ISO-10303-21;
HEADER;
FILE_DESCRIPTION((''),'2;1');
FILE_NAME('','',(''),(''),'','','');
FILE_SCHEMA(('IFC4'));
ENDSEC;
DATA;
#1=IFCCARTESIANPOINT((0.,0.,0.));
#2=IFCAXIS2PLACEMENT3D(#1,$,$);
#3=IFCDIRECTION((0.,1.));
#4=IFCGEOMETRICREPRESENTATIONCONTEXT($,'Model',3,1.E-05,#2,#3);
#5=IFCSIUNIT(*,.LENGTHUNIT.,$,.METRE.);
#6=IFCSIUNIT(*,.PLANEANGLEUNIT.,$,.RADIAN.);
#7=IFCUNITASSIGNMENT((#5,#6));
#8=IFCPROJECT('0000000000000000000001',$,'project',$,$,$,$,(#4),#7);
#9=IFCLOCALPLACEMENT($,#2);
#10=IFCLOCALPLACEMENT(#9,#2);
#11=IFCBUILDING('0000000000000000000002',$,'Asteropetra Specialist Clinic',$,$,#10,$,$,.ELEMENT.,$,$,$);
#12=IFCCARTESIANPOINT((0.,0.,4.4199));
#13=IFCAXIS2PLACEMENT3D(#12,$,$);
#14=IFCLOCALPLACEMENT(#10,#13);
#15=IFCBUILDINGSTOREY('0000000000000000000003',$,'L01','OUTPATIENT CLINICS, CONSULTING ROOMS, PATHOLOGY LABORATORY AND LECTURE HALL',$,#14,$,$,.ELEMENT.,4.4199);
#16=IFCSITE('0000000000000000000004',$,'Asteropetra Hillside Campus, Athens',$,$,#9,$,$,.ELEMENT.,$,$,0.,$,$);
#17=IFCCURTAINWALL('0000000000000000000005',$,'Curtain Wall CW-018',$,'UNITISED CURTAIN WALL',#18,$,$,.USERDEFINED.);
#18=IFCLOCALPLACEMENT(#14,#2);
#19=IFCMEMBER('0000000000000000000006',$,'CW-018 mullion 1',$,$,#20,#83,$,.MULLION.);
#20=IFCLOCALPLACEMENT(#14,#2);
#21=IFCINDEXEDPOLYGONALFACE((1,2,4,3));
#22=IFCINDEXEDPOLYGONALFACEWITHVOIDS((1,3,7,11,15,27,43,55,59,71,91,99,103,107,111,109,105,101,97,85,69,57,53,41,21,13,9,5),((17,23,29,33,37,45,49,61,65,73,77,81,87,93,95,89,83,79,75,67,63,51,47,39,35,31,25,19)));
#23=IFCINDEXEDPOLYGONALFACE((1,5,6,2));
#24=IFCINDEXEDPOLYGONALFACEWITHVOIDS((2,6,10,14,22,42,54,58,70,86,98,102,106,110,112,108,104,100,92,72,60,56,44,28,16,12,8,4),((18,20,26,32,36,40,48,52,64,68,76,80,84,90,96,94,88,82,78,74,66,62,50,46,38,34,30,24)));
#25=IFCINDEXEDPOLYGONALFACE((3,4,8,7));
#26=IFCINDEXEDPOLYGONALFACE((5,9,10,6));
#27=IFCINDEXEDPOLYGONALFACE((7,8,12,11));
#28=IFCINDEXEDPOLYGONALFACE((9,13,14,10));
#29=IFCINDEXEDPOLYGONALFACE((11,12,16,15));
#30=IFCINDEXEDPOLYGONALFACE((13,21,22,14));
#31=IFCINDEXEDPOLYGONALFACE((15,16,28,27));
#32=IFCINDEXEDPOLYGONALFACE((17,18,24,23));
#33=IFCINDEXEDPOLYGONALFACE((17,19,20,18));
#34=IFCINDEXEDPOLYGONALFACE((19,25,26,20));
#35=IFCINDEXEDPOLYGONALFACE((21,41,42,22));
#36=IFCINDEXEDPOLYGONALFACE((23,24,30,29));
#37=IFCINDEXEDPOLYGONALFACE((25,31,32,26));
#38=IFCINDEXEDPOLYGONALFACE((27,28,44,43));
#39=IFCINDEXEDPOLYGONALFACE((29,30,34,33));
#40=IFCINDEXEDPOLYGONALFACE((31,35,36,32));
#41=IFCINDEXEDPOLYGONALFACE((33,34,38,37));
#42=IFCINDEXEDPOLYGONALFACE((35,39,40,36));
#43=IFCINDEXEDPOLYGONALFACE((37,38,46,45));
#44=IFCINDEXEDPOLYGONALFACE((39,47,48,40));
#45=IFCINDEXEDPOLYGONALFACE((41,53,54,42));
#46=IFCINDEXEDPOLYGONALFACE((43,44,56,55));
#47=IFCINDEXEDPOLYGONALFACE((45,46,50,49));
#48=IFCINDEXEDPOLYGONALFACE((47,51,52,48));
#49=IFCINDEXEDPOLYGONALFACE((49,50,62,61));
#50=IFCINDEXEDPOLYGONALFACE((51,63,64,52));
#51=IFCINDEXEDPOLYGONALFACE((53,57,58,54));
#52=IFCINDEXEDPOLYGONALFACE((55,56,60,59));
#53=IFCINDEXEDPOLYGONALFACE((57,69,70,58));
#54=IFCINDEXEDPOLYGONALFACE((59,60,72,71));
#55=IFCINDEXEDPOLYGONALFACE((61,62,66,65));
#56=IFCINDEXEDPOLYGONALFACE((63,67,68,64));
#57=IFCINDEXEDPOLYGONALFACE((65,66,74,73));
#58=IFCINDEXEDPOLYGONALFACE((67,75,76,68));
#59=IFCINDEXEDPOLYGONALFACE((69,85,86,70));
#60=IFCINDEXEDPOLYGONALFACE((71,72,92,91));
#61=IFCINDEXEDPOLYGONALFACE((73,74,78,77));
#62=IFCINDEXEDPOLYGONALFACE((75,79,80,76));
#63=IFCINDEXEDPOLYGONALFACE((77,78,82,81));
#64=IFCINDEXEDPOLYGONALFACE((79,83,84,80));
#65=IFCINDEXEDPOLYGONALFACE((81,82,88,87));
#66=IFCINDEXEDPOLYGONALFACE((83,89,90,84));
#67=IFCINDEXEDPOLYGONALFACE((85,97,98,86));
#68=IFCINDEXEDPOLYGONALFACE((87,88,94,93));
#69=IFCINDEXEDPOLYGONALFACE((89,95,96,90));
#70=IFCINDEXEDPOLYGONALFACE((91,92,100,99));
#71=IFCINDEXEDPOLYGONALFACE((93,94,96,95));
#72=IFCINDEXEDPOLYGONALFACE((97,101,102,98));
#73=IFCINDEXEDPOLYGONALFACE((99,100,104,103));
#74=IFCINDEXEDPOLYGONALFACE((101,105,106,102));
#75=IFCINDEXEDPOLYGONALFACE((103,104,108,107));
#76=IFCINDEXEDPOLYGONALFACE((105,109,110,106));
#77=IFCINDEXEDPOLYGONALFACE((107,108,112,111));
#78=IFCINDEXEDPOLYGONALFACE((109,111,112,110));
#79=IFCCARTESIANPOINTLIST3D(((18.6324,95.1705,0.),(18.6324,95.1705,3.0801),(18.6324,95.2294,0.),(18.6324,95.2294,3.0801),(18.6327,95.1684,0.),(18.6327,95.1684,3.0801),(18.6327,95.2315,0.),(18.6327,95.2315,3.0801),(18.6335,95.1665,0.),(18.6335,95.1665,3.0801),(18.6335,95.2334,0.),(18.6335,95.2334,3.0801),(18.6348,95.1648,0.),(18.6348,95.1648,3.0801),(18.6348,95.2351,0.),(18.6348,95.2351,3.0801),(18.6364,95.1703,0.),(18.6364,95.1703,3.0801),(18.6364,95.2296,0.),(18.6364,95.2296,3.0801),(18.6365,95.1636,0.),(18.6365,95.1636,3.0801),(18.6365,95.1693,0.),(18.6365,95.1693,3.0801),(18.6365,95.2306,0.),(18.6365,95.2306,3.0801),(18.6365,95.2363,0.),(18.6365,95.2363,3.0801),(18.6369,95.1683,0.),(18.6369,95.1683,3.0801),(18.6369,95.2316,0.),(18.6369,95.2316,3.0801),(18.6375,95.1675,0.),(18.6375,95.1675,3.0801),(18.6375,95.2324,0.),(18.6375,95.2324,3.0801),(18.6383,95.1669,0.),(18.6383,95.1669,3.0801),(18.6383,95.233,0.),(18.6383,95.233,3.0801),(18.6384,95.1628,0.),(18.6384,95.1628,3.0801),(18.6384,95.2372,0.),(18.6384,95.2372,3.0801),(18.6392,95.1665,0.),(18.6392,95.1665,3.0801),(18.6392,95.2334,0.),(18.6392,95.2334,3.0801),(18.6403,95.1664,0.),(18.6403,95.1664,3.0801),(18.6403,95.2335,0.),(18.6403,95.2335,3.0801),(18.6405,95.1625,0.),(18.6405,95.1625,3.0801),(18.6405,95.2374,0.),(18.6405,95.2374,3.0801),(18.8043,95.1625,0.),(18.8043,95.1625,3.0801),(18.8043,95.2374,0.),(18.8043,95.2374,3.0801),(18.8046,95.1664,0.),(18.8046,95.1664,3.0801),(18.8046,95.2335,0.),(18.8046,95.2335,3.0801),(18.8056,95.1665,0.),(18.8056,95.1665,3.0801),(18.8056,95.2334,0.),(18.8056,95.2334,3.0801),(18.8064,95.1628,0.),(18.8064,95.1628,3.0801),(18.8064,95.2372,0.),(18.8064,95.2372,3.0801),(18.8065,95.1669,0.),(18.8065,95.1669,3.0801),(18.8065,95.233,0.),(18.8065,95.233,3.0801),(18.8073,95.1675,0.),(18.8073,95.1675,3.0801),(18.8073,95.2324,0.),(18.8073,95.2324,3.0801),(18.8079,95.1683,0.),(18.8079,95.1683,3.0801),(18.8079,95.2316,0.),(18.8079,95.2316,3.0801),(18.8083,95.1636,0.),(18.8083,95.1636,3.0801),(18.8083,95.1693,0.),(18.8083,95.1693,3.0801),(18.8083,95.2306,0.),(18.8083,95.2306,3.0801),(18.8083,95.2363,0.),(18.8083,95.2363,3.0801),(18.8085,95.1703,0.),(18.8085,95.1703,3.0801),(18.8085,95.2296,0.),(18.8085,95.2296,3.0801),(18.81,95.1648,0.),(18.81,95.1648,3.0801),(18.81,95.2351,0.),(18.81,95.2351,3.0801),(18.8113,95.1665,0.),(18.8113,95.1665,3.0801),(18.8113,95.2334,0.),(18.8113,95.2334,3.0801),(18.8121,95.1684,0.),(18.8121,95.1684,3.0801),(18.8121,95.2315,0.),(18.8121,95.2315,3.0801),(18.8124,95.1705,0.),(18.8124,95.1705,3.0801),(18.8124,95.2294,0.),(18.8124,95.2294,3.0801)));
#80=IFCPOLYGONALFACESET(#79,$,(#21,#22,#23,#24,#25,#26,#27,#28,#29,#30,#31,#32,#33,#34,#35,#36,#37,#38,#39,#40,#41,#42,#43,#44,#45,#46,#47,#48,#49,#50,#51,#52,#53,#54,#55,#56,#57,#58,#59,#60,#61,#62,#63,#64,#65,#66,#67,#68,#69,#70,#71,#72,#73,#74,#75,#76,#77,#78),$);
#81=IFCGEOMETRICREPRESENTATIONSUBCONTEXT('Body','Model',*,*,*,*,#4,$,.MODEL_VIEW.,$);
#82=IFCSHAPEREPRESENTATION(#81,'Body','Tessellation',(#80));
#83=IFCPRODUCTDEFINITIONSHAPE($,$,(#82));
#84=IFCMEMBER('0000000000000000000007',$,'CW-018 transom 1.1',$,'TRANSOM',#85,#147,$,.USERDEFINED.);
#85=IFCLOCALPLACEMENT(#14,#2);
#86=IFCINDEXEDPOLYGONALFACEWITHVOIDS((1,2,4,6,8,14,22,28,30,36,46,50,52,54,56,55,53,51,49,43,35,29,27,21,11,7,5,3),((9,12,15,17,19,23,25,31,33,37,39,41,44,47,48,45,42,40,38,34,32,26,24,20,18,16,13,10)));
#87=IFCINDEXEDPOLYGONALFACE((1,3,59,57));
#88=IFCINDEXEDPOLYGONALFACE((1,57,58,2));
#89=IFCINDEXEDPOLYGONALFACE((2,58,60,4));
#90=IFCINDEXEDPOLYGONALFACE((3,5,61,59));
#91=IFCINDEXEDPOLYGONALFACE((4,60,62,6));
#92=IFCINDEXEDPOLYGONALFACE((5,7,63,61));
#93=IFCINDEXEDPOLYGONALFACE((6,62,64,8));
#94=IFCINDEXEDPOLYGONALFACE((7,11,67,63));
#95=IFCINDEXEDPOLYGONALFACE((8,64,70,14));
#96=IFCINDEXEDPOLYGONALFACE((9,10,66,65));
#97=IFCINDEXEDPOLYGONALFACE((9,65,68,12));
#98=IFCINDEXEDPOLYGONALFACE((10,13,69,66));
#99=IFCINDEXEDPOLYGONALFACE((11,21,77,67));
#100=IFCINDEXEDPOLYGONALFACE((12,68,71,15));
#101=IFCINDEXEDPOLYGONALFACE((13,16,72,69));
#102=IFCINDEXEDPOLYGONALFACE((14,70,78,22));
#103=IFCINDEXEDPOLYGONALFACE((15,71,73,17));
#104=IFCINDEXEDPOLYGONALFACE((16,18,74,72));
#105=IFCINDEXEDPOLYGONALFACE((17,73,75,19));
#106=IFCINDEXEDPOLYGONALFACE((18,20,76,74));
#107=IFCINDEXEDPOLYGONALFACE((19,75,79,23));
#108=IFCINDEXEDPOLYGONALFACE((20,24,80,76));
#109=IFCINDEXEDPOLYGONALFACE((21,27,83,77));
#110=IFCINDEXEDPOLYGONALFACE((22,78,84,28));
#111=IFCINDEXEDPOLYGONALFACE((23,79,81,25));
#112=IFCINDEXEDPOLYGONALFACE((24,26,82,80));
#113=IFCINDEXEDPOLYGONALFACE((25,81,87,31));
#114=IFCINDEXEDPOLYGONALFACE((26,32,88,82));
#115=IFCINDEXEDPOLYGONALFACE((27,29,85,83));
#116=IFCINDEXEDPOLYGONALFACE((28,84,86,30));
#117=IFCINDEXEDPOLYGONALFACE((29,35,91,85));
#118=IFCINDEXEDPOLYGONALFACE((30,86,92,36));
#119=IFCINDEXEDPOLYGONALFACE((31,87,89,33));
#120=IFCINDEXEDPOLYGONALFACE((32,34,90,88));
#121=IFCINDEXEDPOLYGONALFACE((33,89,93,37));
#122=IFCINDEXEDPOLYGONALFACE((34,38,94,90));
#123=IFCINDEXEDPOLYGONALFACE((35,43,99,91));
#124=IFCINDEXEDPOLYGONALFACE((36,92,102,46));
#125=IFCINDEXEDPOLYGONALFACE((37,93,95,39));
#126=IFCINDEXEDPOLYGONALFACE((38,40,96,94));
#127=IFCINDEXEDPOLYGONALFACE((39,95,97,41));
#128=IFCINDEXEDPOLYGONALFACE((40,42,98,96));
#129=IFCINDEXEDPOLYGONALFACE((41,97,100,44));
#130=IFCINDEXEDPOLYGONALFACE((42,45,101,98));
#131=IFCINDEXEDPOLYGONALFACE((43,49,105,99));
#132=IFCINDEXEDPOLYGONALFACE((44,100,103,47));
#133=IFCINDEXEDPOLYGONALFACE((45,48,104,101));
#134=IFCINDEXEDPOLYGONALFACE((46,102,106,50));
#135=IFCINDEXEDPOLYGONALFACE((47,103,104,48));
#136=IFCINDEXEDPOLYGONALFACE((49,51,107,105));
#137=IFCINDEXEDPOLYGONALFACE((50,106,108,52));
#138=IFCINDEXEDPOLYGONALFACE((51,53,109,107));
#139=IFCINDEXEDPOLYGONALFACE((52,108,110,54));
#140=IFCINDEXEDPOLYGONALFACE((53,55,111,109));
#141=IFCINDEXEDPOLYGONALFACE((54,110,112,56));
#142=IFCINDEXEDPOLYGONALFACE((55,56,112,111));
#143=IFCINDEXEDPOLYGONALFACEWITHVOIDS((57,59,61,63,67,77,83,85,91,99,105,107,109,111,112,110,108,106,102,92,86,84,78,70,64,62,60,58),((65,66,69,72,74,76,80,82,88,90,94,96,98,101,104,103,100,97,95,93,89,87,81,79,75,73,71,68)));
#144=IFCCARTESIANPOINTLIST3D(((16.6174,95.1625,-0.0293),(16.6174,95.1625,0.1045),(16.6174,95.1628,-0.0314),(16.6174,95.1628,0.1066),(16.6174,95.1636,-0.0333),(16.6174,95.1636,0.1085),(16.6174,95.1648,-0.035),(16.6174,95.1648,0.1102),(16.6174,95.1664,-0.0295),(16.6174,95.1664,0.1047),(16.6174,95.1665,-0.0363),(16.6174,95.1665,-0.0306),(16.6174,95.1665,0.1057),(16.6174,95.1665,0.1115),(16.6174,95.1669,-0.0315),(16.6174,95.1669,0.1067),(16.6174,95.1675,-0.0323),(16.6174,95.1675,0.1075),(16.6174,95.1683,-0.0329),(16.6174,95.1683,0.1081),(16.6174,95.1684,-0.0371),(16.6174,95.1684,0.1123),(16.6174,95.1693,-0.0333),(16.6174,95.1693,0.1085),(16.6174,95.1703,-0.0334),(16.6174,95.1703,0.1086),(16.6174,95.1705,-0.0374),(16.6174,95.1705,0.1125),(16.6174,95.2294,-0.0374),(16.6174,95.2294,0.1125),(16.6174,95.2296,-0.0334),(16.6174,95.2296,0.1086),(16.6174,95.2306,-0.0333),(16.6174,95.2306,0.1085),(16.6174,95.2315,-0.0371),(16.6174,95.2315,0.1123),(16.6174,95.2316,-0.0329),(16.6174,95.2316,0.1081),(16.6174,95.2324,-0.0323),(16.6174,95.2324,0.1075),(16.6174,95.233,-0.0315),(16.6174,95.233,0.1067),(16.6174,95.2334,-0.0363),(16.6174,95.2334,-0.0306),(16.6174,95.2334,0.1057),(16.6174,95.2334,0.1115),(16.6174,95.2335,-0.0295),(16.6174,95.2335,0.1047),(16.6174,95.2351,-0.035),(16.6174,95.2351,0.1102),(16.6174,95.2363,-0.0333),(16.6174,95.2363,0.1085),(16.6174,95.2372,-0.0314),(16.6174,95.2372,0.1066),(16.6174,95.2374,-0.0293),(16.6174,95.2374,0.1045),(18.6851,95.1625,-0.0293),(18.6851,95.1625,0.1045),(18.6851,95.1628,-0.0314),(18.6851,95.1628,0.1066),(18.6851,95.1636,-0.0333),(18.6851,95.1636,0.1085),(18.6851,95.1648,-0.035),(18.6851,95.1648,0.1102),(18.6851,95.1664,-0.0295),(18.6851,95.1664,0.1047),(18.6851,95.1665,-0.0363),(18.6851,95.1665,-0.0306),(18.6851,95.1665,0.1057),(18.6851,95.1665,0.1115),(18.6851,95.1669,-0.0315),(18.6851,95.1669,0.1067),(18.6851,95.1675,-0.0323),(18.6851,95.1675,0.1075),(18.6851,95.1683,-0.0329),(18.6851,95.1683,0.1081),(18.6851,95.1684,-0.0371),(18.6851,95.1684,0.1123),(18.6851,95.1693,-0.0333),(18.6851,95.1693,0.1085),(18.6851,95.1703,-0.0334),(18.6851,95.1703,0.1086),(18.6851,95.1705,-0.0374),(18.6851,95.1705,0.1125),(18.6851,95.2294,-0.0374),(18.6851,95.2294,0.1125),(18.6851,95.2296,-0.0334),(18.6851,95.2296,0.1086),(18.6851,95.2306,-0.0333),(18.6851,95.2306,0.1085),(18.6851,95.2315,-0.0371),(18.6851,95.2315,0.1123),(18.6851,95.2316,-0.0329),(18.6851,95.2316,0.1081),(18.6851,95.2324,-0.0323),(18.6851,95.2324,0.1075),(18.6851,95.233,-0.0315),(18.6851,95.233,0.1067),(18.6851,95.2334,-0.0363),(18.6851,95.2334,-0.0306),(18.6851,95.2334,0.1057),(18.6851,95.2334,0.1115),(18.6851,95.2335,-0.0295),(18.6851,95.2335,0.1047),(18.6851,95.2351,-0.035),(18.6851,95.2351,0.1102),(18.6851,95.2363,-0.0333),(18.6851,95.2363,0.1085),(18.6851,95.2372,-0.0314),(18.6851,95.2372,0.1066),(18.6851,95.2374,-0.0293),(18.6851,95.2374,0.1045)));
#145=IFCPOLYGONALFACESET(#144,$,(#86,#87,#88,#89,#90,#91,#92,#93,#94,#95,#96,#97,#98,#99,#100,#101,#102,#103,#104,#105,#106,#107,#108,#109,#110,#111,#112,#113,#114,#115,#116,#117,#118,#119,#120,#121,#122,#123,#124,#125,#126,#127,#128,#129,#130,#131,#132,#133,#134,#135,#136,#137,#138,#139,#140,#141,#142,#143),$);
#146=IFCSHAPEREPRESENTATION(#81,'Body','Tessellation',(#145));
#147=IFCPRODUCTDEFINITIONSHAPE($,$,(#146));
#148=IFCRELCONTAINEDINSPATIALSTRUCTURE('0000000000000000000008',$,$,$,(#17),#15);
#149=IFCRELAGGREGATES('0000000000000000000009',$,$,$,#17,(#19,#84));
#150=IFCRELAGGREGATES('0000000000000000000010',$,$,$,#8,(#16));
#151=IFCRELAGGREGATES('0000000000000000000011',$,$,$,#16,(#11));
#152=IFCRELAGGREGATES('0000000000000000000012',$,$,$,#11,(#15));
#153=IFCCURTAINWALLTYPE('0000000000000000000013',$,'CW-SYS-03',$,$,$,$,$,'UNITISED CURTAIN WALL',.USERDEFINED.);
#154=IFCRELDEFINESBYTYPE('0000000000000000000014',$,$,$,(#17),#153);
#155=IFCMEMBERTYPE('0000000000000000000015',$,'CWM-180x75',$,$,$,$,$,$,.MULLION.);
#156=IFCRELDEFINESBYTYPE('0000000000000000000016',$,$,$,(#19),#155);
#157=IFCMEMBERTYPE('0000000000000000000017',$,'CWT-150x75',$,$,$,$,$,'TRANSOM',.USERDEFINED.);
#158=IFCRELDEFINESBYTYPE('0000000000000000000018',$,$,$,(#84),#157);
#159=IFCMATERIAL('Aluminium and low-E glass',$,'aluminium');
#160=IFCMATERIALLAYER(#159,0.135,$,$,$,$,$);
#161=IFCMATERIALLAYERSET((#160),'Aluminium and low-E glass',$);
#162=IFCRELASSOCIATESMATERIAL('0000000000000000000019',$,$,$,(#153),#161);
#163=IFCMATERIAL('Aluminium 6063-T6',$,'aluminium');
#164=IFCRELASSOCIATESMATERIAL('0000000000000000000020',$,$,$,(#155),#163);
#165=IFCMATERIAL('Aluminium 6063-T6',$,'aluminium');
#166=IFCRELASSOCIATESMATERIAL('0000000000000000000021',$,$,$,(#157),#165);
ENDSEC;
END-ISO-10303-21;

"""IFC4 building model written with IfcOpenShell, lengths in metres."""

from ifc_helpers import new_model, si_unit, direction, frame, origin, origin_2d, place, context, subcontext, project, spatial, hollow_rectangle, extrude, material, layer, layer_set, material_profile, profile_set, type_object, element, aggregate, save


model = new_model("IFC4")

# Units and contexts
model_context = context("Model", 3, precision=1e-05, world=origin(), true_north=direction((0.0, 1.0)))
body_context = subcontext(model_context, "Body", "Model", "MODEL_VIEW")
ifc_project = project(units=[si_unit("LENGTHUNIT", "METRE"), si_unit("PLANEANGLEUNIT", "RADIAN")], contexts=[model_context])

# Site, building, storey
site_placement = place(None, origin())
site = spatial("IfcSite", under=ifc_project, at=site_placement, Name="Asteropetra Hillside Campus, Athens", CompositionType="ELEMENT", RefElevation=0.0)
building_placement = place(site_placement, origin())
building = spatial("IfcBuilding", under=site, at=building_placement, Name="Asteropetra Specialist Clinic", CompositionType="ELEMENT")
storey_placement = place(building_placement, frame((0.0, 0.0, 4.4199)))
storey = spatial("IfcBuildingStorey", under=building, at=storey_placement, Name="L01", Description="OUTPATIENT CLINICS, CONSULTING ROOMS, PATHOLOGY LABORATORY AND LECTURE HALL", CompositionType="ELEMENT", Elevation=4.4199)

# Curtain wall, members
ifc_material_1 = material(Name="Aluminium and low-E glass", Category="aluminium")
ifc_layer_1 = layer(ifc_material_1, 0.135)
ifc_layer_set_1 = layer_set([ifc_layer_1], Name="Aluminium and low-E glass")
curtain_wall_type_1 = type_object("IfcCurtainWallType", Name="CW-SYS-03", ElementType="UNITISED CURTAIN WALL", PredefinedType="USERDEFINED", material=ifc_layer_set_1)
curtain_wall_1_placement = place(storey_placement, origin())
curtain_wall_1 = element("IfcCurtainWall", 1, at=curtain_wall_1_placement, inside=storey, type_object=curtain_wall_type_1, Name="Curtain Wall CW-018", ObjectType="UNITISED CURTAIN WALL", PredefinedType="USERDEFINED")
ifc_material_2 = material(Name="Aluminium 6063-T6", Category="aluminium")
ifc_material_profile_1 = material_profile(ifc_material_2, hollow_rectangle(XDim=0.075, YDim=0.1799, WallThickness=0.0039, InnerFilletRadius=0.0039, OuterFilletRadius=0.0081, at=origin_2d()), Name="MUL 180x75x4.0")
ifc_profile_set_1 = profile_set([ifc_material_profile_1], Name="Aluminium 6063-T6")
member_type_1 = type_object("IfcMemberType", Name="CWM-180x75", PredefinedType="MULLION", material=ifc_profile_set_1)
member_1_placement = place(storey_placement, frame((18.7224, 95.2, 0.0), z_axis=(0.0, 0.0, 1.0), x_axis=(0.0, -1.0, 0.0)))
member_1 = element("IfcMember", 2, at=member_1_placement, type_object=member_type_1, Name="CW-018 mullion 1", PredefinedType="MULLION", context=body_context, shape_type="SweptSolid", body=[
    extrude(hollow_rectangle(XDim=0.075, YDim=0.1799, WallThickness=0.0039, InnerFilletRadius=0.0039, OuterFilletRadius=0.0081, at=origin_2d()), origin(), (0.0, 0.0, 1.0), 3.0801),
])
ifc_material_3 = material(Name="Aluminium 6063-T6", Category="aluminium")
ifc_material_profile_2 = material_profile(ifc_material_3, hollow_rectangle(XDim=0.075, YDim=0.1499, WallThickness=0.0039, InnerFilletRadius=0.0039, OuterFilletRadius=0.0081, at=origin_2d()), Name="TRN 150x75x4.0")
ifc_profile_set_2 = profile_set([ifc_material_profile_2], Name="Aluminium 6063-T6")
member_type_2 = type_object("IfcMemberType", Name="CWT-150x75", ElementType="TRANSOM", PredefinedType="USERDEFINED", material=ifc_profile_set_2)
member_2_placement = place(storey_placement, frame((18.6851, 95.2, 0.0376), z_axis=(-1.0, 0.0, 0.0), x_axis=(0.0, -1.0, 0.0)))
member_2 = element("IfcMember", 3, at=member_2_placement, type_object=member_type_2, Name="CW-018 transom 1.1", ObjectType="TRANSOM", PredefinedType="USERDEFINED", context=body_context, shape_type="SweptSolid", body=[
    extrude(hollow_rectangle(XDim=0.075, YDim=0.1499, WallThickness=0.0039, InnerFilletRadius=0.0039, OuterFilletRadius=0.0081, at=origin_2d()), origin(), (0.0, 0.0, 1.0), 2.0676),
])

aggregate(curtain_wall_1, [member_1, member_2])

save(model, "model.ifc")
